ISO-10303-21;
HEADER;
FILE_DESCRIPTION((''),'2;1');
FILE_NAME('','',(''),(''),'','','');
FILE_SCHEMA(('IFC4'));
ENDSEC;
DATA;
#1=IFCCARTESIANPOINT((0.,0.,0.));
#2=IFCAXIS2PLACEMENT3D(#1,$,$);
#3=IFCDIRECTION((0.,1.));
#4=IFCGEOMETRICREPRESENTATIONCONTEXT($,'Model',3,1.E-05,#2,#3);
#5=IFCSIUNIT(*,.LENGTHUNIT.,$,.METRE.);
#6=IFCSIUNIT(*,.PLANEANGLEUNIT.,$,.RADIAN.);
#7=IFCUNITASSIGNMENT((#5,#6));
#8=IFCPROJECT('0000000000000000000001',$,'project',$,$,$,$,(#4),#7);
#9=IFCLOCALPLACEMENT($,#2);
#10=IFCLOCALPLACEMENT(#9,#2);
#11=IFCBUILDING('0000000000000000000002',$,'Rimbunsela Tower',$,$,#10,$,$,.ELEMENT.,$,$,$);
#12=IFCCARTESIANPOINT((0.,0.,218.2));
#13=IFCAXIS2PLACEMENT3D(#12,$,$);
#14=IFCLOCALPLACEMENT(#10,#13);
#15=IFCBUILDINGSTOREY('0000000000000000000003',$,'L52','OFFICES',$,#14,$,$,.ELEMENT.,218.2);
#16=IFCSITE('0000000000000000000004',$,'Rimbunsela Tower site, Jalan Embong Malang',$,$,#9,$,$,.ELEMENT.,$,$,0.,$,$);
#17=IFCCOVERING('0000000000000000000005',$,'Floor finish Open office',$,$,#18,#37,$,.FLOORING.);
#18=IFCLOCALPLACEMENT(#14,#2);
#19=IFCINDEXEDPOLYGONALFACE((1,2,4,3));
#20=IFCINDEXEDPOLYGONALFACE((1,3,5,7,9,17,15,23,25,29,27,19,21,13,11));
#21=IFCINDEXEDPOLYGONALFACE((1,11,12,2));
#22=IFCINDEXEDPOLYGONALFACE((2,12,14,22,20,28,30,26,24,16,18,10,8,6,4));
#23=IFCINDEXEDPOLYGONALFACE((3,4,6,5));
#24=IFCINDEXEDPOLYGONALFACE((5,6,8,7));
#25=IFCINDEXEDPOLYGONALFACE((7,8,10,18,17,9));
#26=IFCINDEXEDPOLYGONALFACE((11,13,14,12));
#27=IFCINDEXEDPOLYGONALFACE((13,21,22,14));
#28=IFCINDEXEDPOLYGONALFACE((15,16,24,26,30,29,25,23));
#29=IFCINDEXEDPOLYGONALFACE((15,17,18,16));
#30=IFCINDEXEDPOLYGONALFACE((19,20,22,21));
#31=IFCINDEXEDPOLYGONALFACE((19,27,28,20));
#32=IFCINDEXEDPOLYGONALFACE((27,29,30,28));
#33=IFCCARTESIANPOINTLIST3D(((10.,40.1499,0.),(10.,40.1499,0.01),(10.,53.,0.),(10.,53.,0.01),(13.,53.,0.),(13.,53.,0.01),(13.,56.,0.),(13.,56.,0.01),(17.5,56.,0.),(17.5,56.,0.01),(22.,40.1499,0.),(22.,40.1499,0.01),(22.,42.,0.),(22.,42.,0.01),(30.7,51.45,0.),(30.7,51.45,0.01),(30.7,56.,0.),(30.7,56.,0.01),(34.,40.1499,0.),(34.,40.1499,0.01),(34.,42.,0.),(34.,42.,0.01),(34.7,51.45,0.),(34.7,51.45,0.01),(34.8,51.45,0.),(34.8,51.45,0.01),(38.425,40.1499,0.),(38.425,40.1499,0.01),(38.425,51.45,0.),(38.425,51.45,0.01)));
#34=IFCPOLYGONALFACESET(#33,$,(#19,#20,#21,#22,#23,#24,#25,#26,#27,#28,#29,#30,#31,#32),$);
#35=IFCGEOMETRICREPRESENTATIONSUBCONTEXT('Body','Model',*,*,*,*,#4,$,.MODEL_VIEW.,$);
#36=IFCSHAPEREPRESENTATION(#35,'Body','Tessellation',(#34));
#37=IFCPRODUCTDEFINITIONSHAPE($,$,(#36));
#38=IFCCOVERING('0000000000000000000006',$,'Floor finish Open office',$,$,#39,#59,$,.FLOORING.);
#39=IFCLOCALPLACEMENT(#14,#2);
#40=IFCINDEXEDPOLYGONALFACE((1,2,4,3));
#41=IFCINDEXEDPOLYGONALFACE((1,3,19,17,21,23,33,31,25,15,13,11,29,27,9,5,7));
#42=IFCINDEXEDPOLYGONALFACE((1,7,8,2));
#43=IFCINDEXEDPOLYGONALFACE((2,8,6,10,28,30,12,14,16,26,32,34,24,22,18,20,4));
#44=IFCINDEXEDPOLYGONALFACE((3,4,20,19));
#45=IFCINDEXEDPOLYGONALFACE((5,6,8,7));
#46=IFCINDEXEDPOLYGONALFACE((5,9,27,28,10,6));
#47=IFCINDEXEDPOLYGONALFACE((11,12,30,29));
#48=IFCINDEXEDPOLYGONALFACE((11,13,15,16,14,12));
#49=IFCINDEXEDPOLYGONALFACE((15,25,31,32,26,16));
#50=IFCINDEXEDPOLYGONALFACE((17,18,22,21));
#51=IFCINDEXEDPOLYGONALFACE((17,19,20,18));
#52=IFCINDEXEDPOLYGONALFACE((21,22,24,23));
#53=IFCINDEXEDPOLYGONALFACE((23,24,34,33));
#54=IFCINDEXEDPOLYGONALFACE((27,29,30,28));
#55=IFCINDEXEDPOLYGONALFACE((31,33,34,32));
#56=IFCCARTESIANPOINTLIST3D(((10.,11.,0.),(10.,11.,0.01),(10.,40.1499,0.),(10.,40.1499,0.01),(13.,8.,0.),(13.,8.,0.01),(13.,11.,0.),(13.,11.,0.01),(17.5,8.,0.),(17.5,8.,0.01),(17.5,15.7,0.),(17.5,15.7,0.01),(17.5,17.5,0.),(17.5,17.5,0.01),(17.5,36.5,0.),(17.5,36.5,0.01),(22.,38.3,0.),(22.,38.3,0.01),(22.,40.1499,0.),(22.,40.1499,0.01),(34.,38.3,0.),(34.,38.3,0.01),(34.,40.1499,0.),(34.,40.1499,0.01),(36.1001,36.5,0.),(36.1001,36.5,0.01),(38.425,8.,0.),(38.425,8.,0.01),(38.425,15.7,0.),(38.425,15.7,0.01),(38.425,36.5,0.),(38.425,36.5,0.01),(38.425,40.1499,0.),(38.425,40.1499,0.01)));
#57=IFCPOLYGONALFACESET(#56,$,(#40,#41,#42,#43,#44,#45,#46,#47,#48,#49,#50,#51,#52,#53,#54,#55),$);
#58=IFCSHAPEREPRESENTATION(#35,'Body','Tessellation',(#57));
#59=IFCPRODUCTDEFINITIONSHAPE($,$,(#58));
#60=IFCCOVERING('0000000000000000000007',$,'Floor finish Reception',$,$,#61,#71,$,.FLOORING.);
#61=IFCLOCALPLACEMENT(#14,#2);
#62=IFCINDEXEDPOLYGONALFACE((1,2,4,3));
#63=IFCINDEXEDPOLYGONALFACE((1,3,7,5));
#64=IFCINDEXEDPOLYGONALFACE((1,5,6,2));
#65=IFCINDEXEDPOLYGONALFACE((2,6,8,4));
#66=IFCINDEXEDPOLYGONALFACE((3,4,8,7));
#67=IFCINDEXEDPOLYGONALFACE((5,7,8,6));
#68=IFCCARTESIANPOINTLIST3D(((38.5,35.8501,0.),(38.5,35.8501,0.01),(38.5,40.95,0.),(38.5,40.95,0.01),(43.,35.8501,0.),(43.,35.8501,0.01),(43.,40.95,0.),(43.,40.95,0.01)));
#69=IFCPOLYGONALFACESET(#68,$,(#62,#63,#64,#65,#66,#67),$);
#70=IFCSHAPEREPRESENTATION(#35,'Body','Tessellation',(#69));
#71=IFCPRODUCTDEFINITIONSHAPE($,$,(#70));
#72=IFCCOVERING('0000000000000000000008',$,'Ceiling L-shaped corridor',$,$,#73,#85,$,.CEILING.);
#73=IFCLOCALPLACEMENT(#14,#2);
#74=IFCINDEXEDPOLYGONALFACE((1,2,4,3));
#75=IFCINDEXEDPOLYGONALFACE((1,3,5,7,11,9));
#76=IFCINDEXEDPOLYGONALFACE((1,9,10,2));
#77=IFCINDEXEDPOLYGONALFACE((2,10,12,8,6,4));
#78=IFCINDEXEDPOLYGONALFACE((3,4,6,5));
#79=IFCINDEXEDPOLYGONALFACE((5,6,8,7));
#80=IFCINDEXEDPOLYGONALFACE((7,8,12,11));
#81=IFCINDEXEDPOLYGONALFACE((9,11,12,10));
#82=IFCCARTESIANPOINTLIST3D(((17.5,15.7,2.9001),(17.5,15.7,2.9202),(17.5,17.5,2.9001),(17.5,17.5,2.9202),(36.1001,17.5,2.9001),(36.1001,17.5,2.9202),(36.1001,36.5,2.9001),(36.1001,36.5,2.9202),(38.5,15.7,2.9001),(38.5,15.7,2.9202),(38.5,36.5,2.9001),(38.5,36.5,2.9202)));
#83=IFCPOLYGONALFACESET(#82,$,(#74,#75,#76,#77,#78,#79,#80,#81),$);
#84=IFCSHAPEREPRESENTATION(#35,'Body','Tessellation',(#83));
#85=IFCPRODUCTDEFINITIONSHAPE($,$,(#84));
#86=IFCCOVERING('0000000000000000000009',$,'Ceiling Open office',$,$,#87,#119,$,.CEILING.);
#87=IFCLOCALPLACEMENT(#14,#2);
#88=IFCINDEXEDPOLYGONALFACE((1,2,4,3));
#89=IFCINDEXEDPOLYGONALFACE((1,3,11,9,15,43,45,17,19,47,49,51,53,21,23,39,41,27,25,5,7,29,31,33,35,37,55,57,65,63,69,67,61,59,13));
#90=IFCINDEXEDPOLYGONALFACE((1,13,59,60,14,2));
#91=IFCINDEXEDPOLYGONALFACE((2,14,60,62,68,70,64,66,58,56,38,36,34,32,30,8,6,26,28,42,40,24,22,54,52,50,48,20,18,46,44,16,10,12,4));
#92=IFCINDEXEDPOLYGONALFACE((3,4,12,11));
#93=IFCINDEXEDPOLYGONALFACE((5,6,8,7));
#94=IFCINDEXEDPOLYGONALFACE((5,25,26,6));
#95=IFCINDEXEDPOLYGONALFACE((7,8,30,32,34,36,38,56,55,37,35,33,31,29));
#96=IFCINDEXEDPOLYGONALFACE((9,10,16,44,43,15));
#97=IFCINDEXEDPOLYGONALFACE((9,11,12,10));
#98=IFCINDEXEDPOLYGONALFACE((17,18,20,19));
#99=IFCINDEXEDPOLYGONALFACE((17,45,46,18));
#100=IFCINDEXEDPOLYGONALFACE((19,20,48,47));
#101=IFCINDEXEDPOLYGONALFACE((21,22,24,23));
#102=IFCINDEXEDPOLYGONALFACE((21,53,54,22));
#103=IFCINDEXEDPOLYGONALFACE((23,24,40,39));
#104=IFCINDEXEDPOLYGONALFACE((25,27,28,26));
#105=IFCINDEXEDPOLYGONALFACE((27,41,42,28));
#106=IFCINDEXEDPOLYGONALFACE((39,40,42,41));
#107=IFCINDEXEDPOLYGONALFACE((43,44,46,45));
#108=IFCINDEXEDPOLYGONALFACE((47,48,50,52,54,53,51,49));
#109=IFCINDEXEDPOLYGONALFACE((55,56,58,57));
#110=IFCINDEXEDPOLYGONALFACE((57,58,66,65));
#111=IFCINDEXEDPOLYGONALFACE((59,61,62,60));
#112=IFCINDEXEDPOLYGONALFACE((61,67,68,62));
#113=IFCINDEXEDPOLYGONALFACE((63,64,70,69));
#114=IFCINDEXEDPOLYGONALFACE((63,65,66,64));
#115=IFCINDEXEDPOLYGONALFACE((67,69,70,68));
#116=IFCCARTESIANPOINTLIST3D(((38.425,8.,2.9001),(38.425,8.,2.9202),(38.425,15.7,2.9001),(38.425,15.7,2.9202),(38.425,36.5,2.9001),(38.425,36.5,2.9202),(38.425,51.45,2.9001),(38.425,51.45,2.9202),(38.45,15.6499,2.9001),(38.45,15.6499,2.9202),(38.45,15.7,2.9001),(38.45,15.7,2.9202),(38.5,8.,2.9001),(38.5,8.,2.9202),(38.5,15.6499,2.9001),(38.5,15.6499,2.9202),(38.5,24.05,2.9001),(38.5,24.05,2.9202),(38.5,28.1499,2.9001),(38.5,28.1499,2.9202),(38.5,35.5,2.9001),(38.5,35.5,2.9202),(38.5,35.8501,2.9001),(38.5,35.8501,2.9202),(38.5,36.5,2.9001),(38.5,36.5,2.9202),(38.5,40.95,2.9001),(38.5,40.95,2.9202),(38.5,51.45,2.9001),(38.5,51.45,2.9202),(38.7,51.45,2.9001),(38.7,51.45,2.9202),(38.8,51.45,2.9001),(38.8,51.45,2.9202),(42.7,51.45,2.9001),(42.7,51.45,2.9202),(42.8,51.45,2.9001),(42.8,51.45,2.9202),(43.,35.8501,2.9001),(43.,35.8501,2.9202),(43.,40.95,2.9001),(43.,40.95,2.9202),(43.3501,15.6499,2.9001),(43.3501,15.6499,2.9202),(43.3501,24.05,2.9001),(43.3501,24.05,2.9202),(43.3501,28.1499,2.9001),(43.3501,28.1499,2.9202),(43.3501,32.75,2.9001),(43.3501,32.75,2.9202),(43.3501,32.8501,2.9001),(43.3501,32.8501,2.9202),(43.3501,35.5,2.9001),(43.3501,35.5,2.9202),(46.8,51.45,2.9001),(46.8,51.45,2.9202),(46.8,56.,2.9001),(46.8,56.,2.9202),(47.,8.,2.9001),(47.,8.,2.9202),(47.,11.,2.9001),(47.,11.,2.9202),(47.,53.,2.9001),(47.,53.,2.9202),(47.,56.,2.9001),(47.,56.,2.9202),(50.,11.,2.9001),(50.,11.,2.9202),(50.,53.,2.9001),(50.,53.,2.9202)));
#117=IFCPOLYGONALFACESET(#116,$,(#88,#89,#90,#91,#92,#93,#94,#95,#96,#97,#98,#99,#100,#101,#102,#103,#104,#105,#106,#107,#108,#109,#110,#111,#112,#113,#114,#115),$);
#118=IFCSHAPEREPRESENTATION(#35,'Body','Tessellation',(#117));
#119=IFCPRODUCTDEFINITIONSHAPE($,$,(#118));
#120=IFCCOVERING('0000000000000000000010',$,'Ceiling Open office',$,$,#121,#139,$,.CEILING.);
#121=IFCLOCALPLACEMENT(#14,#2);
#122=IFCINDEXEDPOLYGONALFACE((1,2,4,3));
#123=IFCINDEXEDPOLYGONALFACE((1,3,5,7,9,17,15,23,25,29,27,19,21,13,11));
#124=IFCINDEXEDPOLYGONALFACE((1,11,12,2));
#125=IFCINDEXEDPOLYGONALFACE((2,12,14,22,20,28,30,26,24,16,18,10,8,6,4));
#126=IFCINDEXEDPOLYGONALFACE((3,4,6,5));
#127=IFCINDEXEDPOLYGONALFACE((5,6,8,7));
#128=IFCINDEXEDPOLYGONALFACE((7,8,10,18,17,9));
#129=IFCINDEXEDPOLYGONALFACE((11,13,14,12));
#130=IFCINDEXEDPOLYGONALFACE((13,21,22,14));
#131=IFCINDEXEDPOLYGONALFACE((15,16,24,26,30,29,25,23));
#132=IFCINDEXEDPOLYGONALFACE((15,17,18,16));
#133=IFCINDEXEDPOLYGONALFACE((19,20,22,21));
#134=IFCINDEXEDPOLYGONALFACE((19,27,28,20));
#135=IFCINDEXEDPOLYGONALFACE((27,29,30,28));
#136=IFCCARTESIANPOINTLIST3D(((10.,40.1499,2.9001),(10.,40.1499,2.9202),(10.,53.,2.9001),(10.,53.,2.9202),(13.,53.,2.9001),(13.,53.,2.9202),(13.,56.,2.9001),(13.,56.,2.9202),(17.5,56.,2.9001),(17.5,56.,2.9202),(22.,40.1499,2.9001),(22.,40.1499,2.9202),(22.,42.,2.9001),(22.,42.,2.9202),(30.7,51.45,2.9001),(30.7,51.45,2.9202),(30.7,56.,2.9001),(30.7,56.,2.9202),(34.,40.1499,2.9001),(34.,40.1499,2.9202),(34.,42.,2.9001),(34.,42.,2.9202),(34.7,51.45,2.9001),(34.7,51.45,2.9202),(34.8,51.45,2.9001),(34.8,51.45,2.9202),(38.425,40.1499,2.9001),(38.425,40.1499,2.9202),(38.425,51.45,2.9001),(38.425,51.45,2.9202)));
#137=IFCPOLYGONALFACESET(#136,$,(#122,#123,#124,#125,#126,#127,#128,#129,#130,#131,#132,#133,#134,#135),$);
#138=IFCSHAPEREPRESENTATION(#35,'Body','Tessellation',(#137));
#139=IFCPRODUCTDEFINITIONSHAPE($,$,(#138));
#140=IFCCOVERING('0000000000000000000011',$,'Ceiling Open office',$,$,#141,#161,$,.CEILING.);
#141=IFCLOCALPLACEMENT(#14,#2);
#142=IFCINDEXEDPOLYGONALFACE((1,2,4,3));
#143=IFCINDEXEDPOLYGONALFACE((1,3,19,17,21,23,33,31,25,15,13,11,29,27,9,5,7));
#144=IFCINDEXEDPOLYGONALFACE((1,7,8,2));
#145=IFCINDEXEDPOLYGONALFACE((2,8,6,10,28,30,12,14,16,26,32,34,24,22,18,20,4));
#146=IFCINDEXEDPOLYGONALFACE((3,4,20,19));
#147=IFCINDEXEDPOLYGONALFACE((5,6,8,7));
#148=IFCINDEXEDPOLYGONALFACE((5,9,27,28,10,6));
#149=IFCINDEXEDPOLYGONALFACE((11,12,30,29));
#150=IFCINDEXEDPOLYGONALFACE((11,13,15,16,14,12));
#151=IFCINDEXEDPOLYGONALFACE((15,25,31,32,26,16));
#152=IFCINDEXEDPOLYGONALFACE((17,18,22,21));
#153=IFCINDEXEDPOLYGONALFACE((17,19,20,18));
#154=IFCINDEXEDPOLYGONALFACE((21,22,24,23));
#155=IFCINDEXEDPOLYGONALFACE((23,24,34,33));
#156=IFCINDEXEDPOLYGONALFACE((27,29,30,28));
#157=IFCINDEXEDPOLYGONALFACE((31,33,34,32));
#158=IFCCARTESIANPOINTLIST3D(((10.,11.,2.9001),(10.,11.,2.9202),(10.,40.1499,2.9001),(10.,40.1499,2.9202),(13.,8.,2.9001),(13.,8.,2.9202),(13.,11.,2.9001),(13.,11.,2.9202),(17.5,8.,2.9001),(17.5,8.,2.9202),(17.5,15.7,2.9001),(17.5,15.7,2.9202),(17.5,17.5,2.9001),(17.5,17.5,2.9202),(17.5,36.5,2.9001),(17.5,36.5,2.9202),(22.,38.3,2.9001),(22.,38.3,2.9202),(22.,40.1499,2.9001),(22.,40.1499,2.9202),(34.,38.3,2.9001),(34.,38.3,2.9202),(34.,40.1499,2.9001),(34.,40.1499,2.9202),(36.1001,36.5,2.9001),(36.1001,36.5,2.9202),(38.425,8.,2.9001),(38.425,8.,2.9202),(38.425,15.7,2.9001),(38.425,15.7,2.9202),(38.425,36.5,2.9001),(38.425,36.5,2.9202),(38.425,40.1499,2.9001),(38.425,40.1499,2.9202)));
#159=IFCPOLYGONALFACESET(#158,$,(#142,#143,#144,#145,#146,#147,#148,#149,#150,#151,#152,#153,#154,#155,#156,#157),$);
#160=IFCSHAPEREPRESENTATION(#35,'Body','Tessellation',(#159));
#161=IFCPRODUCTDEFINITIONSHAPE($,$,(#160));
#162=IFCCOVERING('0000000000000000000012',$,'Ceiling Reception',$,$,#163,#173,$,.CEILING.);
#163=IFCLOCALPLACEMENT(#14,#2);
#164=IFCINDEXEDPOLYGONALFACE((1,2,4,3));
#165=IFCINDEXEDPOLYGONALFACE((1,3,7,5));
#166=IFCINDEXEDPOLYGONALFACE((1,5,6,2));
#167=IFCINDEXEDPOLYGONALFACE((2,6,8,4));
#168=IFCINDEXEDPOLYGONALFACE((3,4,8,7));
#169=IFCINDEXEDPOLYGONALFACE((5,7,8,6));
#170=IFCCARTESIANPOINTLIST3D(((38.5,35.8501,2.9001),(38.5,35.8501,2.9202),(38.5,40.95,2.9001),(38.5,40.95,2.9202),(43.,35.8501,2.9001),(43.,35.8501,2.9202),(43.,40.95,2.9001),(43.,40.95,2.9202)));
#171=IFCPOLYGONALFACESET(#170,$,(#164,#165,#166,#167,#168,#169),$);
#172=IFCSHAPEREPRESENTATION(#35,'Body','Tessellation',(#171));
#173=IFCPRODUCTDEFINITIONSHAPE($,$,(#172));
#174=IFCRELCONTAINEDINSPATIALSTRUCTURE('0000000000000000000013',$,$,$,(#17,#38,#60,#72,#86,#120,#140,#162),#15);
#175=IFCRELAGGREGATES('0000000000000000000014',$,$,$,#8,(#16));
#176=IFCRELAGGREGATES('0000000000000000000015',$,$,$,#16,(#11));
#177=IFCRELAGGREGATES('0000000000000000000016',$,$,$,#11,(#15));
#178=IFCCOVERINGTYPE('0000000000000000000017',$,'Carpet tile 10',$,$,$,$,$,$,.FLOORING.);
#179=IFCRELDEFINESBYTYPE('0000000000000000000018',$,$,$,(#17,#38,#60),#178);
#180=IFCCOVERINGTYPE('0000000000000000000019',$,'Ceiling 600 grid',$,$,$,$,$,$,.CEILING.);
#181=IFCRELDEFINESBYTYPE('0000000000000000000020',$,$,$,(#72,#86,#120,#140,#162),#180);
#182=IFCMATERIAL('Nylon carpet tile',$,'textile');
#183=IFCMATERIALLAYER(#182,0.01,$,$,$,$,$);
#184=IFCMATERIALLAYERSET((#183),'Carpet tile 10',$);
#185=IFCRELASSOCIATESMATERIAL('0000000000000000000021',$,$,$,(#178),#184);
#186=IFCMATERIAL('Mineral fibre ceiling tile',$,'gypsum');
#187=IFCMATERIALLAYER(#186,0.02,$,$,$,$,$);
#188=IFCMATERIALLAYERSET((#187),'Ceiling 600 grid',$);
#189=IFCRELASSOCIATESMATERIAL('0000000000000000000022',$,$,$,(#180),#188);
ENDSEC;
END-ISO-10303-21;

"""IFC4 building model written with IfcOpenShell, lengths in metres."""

from ifc_helpers import new_model, si_unit, direction, frame, origin, place, context, subcontext, project, spatial, polyline, outline, extrude, material, layer, layer_set, type_object, element, save


model = new_model("IFC4")

# Units and contexts
model_context = context("Model", 3, precision=1e-05, world=origin(), true_north=direction((0.0, 1.0)))
body_context = subcontext(model_context, "Body", "Model", "MODEL_VIEW")
ifc_project = project(units=[si_unit("LENGTHUNIT", "METRE"), si_unit("PLANEANGLEUNIT", "RADIAN")], contexts=[model_context])

# Site, building, storey
site_placement = place(None, origin())
site = spatial("IfcSite", under=ifc_project, at=site_placement, Name="Rimbunsela Tower site, Jalan Embong Malang", CompositionType="ELEMENT", RefElevation=0.0)
building_placement = place(site_placement, origin())
building = spatial("IfcBuilding", under=site, at=building_placement, Name="Rimbunsela Tower", CompositionType="ELEMENT")
storey_placement = place(building_placement, frame((0.0, 0.0, 218.2)))
storey = spatial("IfcBuildingStorey", under=building, at=storey_placement, Name="L52", Description="OFFICES", CompositionType="ELEMENT", Elevation=218.2)

# Coverings
ifc_material_1 = material(Name="Nylon carpet tile", Category="textile")
ifc_layer_1 = layer(ifc_material_1, 0.01)
ifc_layer_set_1 = layer_set([ifc_layer_1], Name="Carpet tile 10")
covering_type_1 = type_object("IfcCoveringType", Name="Carpet tile 10", PredefinedType="FLOORING", material=ifc_layer_set_1)
covering_1_placement = place(storey_placement, origin())
element("IfcCovering", 1, at=covering_1_placement, inside=storey, type_object=covering_type_1, Name="Floor finish Open office", PredefinedType="FLOORING", context=body_context, shape_type="SweptSolid", body=[
    extrude(outline(polyline([(10.0, 40.1499), (10.0, 53.0), (13.0, 53.0), (13.0, 56.0), (17.5, 56.0), (30.7, 56.0), (30.7, 51.45), (34.7, 51.45), (34.8, 51.45), (38.425, 51.45), (38.425, 40.1499), (34.0, 40.1499), (34.0, 42.0), (22.0, 42.0), (22.0, 40.1499), (10.0, 40.1499)])), origin(), (0.0, 0.0, 1.0), 0.01),
])
covering_2_placement = place(storey_placement, origin())
element("IfcCovering", 2, at=covering_2_placement, inside=storey, type_object=covering_type_1, Name="Floor finish Open office", PredefinedType="FLOORING", context=body_context, shape_type="SweptSolid", body=[
    extrude(outline(polyline([(13.0, 8.0), (13.0, 11.0), (10.0, 11.0), (10.0, 40.1499), (22.0, 40.1499), (22.0, 38.3), (34.0, 38.3), (34.0, 40.1499), (38.425, 40.1499), (38.425, 36.5), (36.1001, 36.5), (17.5, 36.5), (17.5, 17.5), (17.5, 15.7), (38.425, 15.7), (38.425, 8.0), (17.5, 8.0), (13.0, 8.0)])), origin(), (0.0, 0.0, 1.0), 0.01),
])
covering_3_placement = place(storey_placement, origin())
element("IfcCovering", 3, at=covering_3_placement, inside=storey, type_object=covering_type_1, Name="Floor finish Reception", PredefinedType="FLOORING", context=body_context, shape_type="SweptSolid", body=[
    extrude(outline(polyline([(43.0, 35.8501), (43.0, 40.95), (38.5, 40.95), (38.5, 35.8501), (43.0, 35.8501)])), origin(), (0.0, 0.0, 1.0), 0.01),
])
ifc_material_2 = material(Name="Mineral fibre ceiling tile", Category="gypsum")
ifc_layer_2 = layer(ifc_material_2, 0.02)
ifc_layer_set_2 = layer_set([ifc_layer_2], Name="Ceiling 600 grid")
covering_type_2 = type_object("IfcCoveringType", Name="Ceiling 600 grid", PredefinedType="CEILING", material=ifc_layer_set_2)
covering_4_placement = place(storey_placement, frame((0.0, 0.0, 2.9001)))
element("IfcCovering", 4, at=covering_4_placement, inside=storey, type_object=covering_type_2, Name="Ceiling L-shaped corridor", PredefinedType="CEILING", context=body_context, shape_type="SweptSolid", body=[
    extrude(outline(polyline([(38.5, 15.7), (17.5, 15.7), (17.5, 17.5), (36.1001, 17.5), (36.1001, 36.5), (38.5, 36.5), (38.5, 15.7)])), origin(), (0.0, 0.0, 1.0), 0.02),
])
covering_5_placement = place(storey_placement, frame((0.0, 0.0, 2.9001)))
element("IfcCovering", 5, at=covering_5_placement, inside=storey, type_object=covering_type_2, Name="Ceiling Open office", PredefinedType="CEILING", context=body_context, shape_type="SweptSolid", body=[
    extrude(outline(polyline([(38.425, 51.45), (38.5, 51.45), (38.7, 51.45), (38.8, 51.45), (42.7, 51.45), (42.8, 51.45), (46.8, 51.45), (46.8, 56.0), (47.0, 56.0), (47.0, 53.0), (50.0, 53.0), (50.0, 11.0), (47.0, 11.0), (47.0, 8.0), (38.5, 8.0), (38.425, 8.0), (38.425, 15.7), (38.45, 15.7), (38.45, 15.6499), (38.5, 15.6499), (43.3501, 15.6499), (43.3501, 24.05), (38.5, 24.05), (38.5, 28.1499), (43.3501, 28.1499), (43.3501, 32.75), (43.3501, 32.8501), (43.3501, 35.5), (38.5, 35.5), (38.5, 35.8501), (43.0, 35.8501), (43.0, 40.95), (38.5, 40.95), (38.5, 36.5), (38.425, 36.5), (38.425, 51.45)])), origin(), (0.0, 0.0, 1.0), 0.02),
])
covering_6_placement = place(storey_placement, frame((0.0, 0.0, 2.9001)))
element("IfcCovering", 6, at=covering_6_placement, inside=storey, type_object=covering_type_2, Name="Ceiling Open office", PredefinedType="CEILING", context=body_context, shape_type="SweptSolid", body=[
    extrude(outline(polyline([(10.0, 40.1499), (10.0, 53.0), (13.0, 53.0), (13.0, 56.0), (17.5, 56.0), (30.7, 56.0), (30.7, 51.45), (34.7, 51.45), (34.8, 51.45), (38.425, 51.45), (38.425, 40.1499), (34.0, 40.1499), (34.0, 42.0), (22.0, 42.0), (22.0, 40.1499), (10.0, 40.1499)])), origin(), (0.0, 0.0, 1.0), 0.02),
])
covering_7_placement = place(storey_placement, frame((0.0, 0.0, 2.9001)))
element("IfcCovering", 7, at=covering_7_placement, inside=storey, type_object=covering_type_2, Name="Ceiling Open office", PredefinedType="CEILING", context=body_context, shape_type="SweptSolid", body=[
    extrude(outline(polyline([(13.0, 8.0), (13.0, 11.0), (10.0, 11.0), (10.0, 40.1499), (22.0, 40.1499), (22.0, 38.3), (34.0, 38.3), (34.0, 40.1499), (38.425, 40.1499), (38.425, 36.5), (36.1001, 36.5), (17.5, 36.5), (17.5, 17.5), (17.5, 15.7), (38.425, 15.7), (38.425, 8.0), (17.5, 8.0), (13.0, 8.0)])), origin(), (0.0, 0.0, 1.0), 0.02),
])
covering_8_placement = place(storey_placement, frame((0.0, 0.0, 2.9001)))
element("IfcCovering", 8, at=covering_8_placement, inside=storey, type_object=covering_type_2, Name="Ceiling Reception", PredefinedType="CEILING", context=body_context, shape_type="SweptSolid", body=[
    extrude(outline(polyline([(43.0, 35.8501), (43.0, 40.95), (38.5, 40.95), (38.5, 35.8501), (43.0, 35.8501)])), origin(), (0.0, 0.0, 1.0), 0.02),
])

save(model, "model.ifc")
